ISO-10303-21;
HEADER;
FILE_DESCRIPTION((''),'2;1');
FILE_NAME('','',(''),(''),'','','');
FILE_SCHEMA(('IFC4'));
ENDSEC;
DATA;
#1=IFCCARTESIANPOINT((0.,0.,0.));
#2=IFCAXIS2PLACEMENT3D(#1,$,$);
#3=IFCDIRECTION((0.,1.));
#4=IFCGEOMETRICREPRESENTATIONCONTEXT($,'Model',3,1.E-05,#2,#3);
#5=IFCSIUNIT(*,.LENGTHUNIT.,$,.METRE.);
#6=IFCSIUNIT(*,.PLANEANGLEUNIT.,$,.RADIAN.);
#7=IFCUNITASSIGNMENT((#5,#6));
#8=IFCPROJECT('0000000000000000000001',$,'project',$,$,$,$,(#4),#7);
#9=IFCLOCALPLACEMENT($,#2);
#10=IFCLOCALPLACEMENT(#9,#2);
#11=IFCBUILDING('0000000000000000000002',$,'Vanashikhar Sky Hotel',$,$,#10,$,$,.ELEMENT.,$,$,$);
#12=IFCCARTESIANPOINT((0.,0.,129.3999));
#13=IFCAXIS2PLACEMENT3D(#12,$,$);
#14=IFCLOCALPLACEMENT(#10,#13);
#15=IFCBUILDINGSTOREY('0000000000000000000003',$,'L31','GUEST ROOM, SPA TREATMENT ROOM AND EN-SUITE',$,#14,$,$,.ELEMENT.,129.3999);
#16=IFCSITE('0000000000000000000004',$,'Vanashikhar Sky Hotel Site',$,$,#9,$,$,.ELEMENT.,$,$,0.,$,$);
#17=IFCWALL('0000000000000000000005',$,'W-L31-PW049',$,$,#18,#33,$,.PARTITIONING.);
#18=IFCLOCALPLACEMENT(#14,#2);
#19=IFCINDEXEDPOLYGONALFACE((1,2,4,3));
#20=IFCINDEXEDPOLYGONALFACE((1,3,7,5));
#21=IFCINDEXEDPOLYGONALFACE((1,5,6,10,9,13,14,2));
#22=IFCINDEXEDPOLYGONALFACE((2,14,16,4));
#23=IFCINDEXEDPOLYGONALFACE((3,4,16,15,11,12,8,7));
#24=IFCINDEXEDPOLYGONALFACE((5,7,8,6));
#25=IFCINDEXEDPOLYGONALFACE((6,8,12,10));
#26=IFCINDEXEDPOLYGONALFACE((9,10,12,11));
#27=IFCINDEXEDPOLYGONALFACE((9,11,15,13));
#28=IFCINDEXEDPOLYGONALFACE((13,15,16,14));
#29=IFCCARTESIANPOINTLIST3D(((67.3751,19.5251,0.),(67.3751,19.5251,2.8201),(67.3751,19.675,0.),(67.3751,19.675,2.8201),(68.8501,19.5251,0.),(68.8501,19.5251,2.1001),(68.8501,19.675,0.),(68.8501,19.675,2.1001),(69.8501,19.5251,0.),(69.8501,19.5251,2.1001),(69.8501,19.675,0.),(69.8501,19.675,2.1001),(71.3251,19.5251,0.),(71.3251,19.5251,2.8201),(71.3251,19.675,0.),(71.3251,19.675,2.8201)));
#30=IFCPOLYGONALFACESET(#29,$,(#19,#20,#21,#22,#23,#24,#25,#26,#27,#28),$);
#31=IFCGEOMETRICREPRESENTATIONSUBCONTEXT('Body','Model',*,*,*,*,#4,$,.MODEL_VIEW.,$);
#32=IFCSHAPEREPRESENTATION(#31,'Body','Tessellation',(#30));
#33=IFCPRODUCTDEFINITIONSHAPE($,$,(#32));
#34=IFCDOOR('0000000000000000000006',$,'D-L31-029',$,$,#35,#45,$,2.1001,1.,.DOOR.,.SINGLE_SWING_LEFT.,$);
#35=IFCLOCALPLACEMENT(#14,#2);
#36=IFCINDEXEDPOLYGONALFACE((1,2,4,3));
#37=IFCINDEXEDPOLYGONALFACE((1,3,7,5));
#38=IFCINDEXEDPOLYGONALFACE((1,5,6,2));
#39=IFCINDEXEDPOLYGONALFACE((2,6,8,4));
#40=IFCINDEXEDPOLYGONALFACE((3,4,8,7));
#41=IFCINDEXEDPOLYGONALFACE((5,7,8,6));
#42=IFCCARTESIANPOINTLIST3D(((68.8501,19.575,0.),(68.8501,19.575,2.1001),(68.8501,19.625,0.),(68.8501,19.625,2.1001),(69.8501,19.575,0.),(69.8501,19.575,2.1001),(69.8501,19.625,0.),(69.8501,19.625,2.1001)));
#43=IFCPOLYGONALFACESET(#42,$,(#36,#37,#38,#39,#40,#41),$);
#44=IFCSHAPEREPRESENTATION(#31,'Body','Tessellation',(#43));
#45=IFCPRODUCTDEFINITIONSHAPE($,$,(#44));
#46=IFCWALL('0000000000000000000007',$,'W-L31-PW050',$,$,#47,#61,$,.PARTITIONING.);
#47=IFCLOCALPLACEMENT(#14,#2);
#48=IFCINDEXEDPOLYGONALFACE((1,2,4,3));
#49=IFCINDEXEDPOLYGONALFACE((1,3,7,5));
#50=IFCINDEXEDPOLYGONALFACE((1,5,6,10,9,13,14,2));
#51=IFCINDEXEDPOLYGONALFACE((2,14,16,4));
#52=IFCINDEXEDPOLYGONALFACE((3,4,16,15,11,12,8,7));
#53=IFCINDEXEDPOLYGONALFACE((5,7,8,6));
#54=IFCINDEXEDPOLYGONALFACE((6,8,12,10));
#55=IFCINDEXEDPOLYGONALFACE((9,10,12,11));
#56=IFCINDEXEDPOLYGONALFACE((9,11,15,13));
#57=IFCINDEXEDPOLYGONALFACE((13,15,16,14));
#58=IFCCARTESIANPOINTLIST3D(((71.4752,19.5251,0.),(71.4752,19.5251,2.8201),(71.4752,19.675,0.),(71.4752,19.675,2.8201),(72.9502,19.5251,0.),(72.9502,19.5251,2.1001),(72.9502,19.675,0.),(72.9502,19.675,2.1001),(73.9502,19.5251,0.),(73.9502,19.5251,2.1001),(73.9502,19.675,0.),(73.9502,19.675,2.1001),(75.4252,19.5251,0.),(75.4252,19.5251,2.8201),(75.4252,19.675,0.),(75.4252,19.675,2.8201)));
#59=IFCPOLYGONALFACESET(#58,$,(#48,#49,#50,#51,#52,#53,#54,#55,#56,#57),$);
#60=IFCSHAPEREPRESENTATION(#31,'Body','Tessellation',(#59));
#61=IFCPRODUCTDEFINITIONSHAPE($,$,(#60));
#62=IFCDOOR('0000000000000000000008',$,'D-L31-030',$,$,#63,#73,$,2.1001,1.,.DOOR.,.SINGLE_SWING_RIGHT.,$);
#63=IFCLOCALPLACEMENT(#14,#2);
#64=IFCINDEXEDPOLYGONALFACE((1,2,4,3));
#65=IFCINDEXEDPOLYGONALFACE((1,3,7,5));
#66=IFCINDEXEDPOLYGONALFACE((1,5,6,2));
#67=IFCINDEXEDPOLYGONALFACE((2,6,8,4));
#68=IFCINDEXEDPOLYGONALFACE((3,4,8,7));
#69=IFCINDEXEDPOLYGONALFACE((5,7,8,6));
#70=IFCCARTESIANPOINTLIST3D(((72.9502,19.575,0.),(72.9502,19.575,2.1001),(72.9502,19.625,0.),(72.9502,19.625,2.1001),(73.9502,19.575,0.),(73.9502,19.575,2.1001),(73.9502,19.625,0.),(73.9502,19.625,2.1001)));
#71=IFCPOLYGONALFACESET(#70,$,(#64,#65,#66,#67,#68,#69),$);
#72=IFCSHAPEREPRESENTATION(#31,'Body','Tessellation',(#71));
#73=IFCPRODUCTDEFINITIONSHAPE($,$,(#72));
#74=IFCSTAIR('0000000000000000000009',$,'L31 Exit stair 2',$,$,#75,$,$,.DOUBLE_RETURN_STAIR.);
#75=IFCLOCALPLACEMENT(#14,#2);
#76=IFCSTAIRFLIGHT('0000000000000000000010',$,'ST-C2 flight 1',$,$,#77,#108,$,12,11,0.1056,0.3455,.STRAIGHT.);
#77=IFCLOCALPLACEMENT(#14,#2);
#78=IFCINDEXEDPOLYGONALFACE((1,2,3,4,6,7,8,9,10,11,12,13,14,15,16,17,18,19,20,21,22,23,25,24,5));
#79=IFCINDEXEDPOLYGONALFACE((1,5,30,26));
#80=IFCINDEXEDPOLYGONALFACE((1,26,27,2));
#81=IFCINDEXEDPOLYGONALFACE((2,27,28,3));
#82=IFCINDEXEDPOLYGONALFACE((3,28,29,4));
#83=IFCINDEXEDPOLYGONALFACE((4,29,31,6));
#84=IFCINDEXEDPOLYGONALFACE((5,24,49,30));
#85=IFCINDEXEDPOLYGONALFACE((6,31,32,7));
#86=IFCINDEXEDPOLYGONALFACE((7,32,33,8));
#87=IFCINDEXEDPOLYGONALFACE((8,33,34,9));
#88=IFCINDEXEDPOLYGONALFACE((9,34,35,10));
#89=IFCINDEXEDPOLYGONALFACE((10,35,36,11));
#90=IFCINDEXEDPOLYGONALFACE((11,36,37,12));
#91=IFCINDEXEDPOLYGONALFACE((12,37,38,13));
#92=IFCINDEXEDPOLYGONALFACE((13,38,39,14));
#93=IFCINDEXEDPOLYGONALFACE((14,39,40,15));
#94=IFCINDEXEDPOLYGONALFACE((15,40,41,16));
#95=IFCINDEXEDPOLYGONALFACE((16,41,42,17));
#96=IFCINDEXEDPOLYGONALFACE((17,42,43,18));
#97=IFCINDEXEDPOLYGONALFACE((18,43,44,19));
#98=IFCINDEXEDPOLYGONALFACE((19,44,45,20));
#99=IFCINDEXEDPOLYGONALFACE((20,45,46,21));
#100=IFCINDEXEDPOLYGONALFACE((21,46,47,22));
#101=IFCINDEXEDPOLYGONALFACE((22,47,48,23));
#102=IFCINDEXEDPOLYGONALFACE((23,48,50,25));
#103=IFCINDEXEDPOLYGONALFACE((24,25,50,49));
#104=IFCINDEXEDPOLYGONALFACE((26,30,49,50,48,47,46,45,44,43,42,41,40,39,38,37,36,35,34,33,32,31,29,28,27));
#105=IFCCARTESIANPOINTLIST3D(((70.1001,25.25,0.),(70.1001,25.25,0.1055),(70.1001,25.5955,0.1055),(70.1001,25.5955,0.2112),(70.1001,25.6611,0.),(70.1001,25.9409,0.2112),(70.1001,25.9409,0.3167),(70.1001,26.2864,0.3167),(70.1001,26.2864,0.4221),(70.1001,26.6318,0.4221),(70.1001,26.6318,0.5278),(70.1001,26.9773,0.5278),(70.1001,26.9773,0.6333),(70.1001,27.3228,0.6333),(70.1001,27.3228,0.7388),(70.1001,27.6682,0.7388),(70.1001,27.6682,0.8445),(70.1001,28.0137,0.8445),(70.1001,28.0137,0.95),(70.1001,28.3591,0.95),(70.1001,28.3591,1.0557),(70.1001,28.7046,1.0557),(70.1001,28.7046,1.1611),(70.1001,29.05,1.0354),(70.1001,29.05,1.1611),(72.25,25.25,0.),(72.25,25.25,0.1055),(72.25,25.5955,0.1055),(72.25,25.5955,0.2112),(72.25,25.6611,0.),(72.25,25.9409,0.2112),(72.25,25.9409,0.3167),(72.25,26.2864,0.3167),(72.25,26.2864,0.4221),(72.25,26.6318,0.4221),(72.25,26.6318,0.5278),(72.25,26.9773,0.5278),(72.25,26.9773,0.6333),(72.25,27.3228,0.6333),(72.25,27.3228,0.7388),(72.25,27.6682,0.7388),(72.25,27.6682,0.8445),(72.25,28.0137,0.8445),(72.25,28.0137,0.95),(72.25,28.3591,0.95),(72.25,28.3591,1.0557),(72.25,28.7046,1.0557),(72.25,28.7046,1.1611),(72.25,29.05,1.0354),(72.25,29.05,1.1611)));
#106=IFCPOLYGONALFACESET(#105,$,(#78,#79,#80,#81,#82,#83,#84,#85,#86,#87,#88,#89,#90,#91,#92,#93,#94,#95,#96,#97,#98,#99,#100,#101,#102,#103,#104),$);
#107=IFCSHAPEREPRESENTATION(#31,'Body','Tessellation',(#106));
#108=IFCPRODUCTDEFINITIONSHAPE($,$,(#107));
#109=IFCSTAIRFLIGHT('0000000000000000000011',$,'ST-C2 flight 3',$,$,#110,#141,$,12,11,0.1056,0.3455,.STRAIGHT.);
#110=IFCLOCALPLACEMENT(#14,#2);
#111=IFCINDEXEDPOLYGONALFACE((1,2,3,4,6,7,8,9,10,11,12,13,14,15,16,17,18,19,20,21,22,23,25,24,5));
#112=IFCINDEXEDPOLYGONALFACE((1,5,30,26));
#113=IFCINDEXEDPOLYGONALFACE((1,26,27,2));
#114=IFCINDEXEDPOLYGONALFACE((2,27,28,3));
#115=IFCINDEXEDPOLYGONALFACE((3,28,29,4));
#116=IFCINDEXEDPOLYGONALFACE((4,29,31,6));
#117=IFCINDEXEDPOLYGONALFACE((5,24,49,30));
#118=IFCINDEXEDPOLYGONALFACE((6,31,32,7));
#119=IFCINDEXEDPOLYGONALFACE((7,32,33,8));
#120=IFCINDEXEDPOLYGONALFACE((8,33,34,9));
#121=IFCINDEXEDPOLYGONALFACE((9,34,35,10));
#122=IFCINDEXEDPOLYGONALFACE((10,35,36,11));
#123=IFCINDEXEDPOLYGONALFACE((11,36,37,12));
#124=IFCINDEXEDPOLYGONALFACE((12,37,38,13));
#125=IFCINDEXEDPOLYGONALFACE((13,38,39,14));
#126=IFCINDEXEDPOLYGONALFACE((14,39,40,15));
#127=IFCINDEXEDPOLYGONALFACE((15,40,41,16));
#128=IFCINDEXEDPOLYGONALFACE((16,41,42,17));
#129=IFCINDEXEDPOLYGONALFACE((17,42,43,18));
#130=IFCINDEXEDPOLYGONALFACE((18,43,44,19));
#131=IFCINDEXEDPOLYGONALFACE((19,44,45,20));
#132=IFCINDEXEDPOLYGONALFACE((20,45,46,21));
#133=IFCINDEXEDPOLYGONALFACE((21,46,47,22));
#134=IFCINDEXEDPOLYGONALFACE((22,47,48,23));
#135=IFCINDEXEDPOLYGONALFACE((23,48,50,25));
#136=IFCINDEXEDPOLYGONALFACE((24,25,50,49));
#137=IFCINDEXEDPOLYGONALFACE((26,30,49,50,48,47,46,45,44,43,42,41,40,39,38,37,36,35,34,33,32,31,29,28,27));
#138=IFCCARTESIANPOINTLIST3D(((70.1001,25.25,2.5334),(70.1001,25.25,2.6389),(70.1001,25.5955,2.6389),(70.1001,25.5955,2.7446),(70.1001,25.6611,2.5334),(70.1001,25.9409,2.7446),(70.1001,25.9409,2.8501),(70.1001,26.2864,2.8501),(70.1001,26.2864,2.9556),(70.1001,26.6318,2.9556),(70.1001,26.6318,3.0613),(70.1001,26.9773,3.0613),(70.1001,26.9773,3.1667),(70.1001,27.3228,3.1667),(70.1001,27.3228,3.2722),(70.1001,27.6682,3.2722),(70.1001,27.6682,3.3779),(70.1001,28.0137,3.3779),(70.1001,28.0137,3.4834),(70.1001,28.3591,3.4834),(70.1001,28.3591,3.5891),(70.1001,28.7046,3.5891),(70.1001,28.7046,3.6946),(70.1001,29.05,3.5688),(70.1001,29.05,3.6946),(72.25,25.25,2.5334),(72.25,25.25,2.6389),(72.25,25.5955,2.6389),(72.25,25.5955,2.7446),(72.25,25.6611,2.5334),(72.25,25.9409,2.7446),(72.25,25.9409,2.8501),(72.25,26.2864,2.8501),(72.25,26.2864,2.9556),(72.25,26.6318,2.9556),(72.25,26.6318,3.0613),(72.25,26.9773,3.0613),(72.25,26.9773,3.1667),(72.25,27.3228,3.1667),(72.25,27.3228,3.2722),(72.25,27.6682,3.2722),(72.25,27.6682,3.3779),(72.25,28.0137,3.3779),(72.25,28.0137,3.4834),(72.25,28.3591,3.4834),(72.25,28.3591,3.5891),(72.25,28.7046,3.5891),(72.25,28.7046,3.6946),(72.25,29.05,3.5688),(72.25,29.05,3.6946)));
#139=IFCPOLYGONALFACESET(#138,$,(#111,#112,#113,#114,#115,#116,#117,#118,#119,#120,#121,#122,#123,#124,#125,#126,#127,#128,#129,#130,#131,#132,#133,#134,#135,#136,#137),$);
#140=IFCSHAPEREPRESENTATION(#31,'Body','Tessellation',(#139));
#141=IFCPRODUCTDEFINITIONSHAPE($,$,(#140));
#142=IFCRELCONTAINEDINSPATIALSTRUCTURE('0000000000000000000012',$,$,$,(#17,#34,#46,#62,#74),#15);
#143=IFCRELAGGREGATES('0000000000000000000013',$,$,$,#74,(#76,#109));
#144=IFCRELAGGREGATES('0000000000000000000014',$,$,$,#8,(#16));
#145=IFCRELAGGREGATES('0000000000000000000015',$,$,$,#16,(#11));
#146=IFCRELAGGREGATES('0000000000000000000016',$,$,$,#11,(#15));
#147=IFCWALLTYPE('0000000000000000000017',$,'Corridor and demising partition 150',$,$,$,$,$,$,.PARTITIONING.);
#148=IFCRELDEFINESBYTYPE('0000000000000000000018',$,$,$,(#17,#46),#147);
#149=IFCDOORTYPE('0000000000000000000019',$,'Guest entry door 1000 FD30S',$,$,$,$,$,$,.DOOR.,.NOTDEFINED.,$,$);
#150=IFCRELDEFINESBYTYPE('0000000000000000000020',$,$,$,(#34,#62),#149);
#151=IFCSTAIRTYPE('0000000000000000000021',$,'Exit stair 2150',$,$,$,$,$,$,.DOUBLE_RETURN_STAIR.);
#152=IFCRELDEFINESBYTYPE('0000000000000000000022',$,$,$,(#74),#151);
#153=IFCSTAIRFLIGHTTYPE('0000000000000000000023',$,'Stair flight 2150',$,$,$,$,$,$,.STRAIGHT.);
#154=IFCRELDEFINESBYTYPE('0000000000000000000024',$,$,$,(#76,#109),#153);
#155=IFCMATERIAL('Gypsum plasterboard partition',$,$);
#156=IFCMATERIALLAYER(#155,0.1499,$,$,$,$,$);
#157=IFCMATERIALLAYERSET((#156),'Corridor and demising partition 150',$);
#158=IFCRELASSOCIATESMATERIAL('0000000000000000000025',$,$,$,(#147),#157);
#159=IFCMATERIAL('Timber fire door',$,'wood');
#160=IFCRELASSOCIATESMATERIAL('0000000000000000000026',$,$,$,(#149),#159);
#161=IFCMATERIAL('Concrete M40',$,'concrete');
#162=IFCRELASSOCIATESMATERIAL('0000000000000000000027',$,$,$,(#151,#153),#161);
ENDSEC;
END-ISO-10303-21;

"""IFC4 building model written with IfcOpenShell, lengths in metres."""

from ifc_helpers import new_model, si_unit, direction, frame, frame_2d, origin, place, context, subcontext, project, spatial, polyline, rectangle, outline, extrude, source, transform, mapped, material, layer, layer_set, type_object, element, fill, aggregate, save


model = new_model("IFC4")

# Units and contexts
model_context = context("Model", 3, precision=1e-05, world=origin(), true_north=direction((0.0, 1.0)))
body_context = subcontext(model_context, "Body", "Model", "MODEL_VIEW")
ifc_project = project(units=[si_unit("LENGTHUNIT", "METRE"), si_unit("PLANEANGLEUNIT", "RADIAN")], contexts=[model_context])

# Site, building, storey
site_placement = place(None, origin())
site = spatial("IfcSite", under=ifc_project, at=site_placement, Name="Vanashikhar Sky Hotel Site", CompositionType="ELEMENT", RefElevation=0.0)
building_placement = place(site_placement, origin())
building = spatial("IfcBuilding", under=site, at=building_placement, Name="Vanashikhar Sky Hotel", CompositionType="ELEMENT")
storey_placement = place(building_placement, frame((0.0, 0.0, 129.3999)))
storey = spatial("IfcBuildingStorey", under=building, at=storey_placement, Name="L31", Description="GUEST ROOM, SPA TREATMENT ROOM AND EN-SUITE", CompositionType="ELEMENT", Elevation=129.3999)

# Shared definitions
ifc_material_1 = material(Name="Concrete M40", Category="concrete")

# Shared definitions
ifc_material_2 = material(Name="Gypsum plasterboard partition")

# Walls, openings, doors
ifc_layer_1 = layer(ifc_material_2, 0.1499)
ifc_layer_set_1 = layer_set([ifc_layer_1], Name="Corridor and demising partition 150")
wall_type_1 = type_object("IfcWallType", Name="Corridor and demising partition 150", PredefinedType="PARTITIONING", material=ifc_layer_set_1)
shared_shape_1 = source(origin(), body_context, "Body", "SweptSolid", [
    extrude(rectangle(XDim=1.0, YDim=2.1001, at=frame_2d((0.5, 1.05))), frame((0.0, 0.085, 0.0), z_axis=(0.0, -1.0, 0.0), x_axis=(1.0, 0.0, 0.0)), (0.0, 0.0, 1.0), 0.1699),
])
ifc_material_3 = material(Name="Timber fire door", Category="wood")
door_type_1 = type_object("IfcDoorType", Name="Guest entry door 1000 FD30S", OperationType="NOTDEFINED", PredefinedType="DOOR", material=ifc_material_3)
shared_shape_2 = source(origin(), body_context, "Body", "SweptSolid", [
    extrude(rectangle(XDim=1.0, YDim=2.1001, at=frame_2d((0.5, 1.05))), frame((0.0, 0.0249, 0.0), z_axis=(0.0, -1.0, 0.0), x_axis=(1.0, 0.0, 0.0)), (0.0, 0.0, 1.0), 0.05),
])
shared_shape_3 = source(origin(), body_context, "Body", "SweptSolid", [
    extrude(rectangle(XDim=3.95, YDim=0.1499, at=frame_2d((1.9751, 0.0))), origin(), (0.0, 0.0, 1.0), 2.8201),
])
wall_1_placement = place(storey_placement, frame((67.375, 19.6001, 0.0), z_axis=(0.0, 0.0, 1.0), x_axis=(1.0, 0.0, 0.0)))
wall_1 = element("IfcWall", 1, at=wall_1_placement, inside=storey, type_object=wall_type_1, Name="W-L31-PW049", PredefinedType="PARTITIONING", context=body_context, shape_type="MappedRepresentation", body=[
    mapped(shared_shape_3, transform((0.0, 0.0, 0.0), scale=1.0)),
])
opening_1_placement = place(wall_1_placement, frame((1.4751, 0.0, 0.0)))
opening_1 = element("IfcOpeningElement", 2, at=opening_1_placement, cuts=wall_1, PredefinedType="OPENING", context=body_context, shape_type="MappedRepresentation", body=[
    mapped(shared_shape_1, transform((0.0, 0.0, 0.0), scale=1.0)),
])
door_1_placement = place(opening_1_placement, origin())
door_1 = element("IfcDoor", 3, at=door_1_placement, inside=storey, type_object=door_type_1, Name="D-L31-029", OperationType="SINGLE_SWING_LEFT", OverallHeight=2.1001, OverallWidth=1.0, PredefinedType="DOOR", context=body_context, shape_type="MappedRepresentation", body=[
    mapped(shared_shape_2, transform((0.0, 0.0, 0.0), scale=1.0)),
])
fill(opening_1, door_1)
wall_2_placement = place(storey_placement, frame((71.4751, 19.6001, 0.0), z_axis=(0.0, 0.0, 1.0), x_axis=(1.0, 0.0, 0.0)))
wall_2 = element("IfcWall", 4, at=wall_2_placement, inside=storey, type_object=wall_type_1, Name="W-L31-PW050", PredefinedType="PARTITIONING", context=body_context, shape_type="MappedRepresentation", body=[
    mapped(shared_shape_3, transform((0.0, 0.0, 0.0), scale=1.0)),
])
opening_2_placement = place(wall_2_placement, frame((1.4751, 0.0, 0.0)))
opening_2 = element("IfcOpeningElement", 5, at=opening_2_placement, cuts=wall_2, PredefinedType="OPENING", context=body_context, shape_type="MappedRepresentation", body=[
    mapped(shared_shape_1, transform((0.0, 0.0, 0.0), scale=1.0)),
])
door_2_placement = place(opening_2_placement, origin())
door_2 = element("IfcDoor", 6, at=door_2_placement, inside=storey, type_object=door_type_1, Name="D-L31-030", OperationType="SINGLE_SWING_RIGHT", OverallHeight=2.1001, OverallWidth=1.0, PredefinedType="DOOR", context=body_context, shape_type="MappedRepresentation", body=[
    mapped(shared_shape_2, transform((0.0, 0.0, 0.0), scale=1.0)),
])
fill(opening_2, door_2)

# Stair, stair flights
stair_type = type_object("IfcStairType", Name="Exit stair 2150", PredefinedType="DOUBLE_RETURN_STAIR", material=ifc_material_1)
stair_placement = place(storey_placement, origin())
stair = element("IfcStair", 7, at=stair_placement, inside=storey, type_object=stair_type, Name="L31 Exit stair 2", PredefinedType="DOUBLE_RETURN_STAIR")
stair_flight_type = type_object("IfcStairFlightType", Name="Stair flight 2150", PredefinedType="STRAIGHT", material=ifc_material_1)
shared_shape_4 = source(origin(), body_context, "Body", "SweptSolid", [
    extrude(outline(polyline([(0.0, 0.0), (0.0, 0.1055), (0.3455, 0.1055), (0.3455, 0.2112), (0.6909, 0.2112), (0.6909, 0.3167), (1.0364, 0.3167), (1.0364, 0.4221), (1.3818, 0.4221), (1.3818, 0.5278), (1.7273, 0.5278), (1.7273, 0.6333), (2.0728, 0.6333), (2.0728, 0.7388), (2.4182, 0.7388), (2.4182, 0.8445), (2.7637, 0.8445), (2.7637, 0.95), (3.1091, 0.95), (3.1091, 1.0557), (3.4546, 1.0557), (3.4546, 1.1611), (3.8, 1.1611), (3.8, 1.2666), (3.8, 1.0354), (0.4111, 0.0), (0.0, 0.0)])), frame((0.0, 1.075, 0.0), z_axis=(0.0, -1.0, 0.0), x_axis=(1.0, 0.0, 0.0)), (0.0, 0.0, 1.0), 2.1499),
])
stair_flight_1_placement = place(storey_placement, frame((71.175, 25.25, 0.0), z_axis=(0.0, 0.0, 1.0), x_axis=(0.0, 1.0, 0.0)))
stair_flight_1 = element("IfcStairFlight", 8, at=stair_flight_1_placement, type_object=stair_flight_type, Name="ST-C2 flight 1", NumberOfRisers=12, NumberOfTreads=11, PredefinedType="STRAIGHT", RiserHeight=0.1056, TreadLength=0.3455, context=body_context, shape_type="MappedRepresentation", body=[
    mapped(shared_shape_4, transform((0.0, 0.0, 0.0), scale=1.0)),
])
stair_flight_2_placement = place(storey_placement, frame((71.175, 25.25, 2.5334), z_axis=(0.0, 0.0, 1.0), x_axis=(0.0, 1.0, 0.0)))
stair_flight_2 = element("IfcStairFlight", 9, at=stair_flight_2_placement, type_object=stair_flight_type, Name="ST-C2 flight 3", NumberOfRisers=12, NumberOfTreads=11, PredefinedType="STRAIGHT", RiserHeight=0.1056, TreadLength=0.3455, context=body_context, shape_type="MappedRepresentation", body=[
    mapped(shared_shape_4, transform((0.0, 0.0, 0.0), scale=1.0)),
])
aggregate(stair, [stair_flight_1, stair_flight_2])

save(model, "model.ifc")
